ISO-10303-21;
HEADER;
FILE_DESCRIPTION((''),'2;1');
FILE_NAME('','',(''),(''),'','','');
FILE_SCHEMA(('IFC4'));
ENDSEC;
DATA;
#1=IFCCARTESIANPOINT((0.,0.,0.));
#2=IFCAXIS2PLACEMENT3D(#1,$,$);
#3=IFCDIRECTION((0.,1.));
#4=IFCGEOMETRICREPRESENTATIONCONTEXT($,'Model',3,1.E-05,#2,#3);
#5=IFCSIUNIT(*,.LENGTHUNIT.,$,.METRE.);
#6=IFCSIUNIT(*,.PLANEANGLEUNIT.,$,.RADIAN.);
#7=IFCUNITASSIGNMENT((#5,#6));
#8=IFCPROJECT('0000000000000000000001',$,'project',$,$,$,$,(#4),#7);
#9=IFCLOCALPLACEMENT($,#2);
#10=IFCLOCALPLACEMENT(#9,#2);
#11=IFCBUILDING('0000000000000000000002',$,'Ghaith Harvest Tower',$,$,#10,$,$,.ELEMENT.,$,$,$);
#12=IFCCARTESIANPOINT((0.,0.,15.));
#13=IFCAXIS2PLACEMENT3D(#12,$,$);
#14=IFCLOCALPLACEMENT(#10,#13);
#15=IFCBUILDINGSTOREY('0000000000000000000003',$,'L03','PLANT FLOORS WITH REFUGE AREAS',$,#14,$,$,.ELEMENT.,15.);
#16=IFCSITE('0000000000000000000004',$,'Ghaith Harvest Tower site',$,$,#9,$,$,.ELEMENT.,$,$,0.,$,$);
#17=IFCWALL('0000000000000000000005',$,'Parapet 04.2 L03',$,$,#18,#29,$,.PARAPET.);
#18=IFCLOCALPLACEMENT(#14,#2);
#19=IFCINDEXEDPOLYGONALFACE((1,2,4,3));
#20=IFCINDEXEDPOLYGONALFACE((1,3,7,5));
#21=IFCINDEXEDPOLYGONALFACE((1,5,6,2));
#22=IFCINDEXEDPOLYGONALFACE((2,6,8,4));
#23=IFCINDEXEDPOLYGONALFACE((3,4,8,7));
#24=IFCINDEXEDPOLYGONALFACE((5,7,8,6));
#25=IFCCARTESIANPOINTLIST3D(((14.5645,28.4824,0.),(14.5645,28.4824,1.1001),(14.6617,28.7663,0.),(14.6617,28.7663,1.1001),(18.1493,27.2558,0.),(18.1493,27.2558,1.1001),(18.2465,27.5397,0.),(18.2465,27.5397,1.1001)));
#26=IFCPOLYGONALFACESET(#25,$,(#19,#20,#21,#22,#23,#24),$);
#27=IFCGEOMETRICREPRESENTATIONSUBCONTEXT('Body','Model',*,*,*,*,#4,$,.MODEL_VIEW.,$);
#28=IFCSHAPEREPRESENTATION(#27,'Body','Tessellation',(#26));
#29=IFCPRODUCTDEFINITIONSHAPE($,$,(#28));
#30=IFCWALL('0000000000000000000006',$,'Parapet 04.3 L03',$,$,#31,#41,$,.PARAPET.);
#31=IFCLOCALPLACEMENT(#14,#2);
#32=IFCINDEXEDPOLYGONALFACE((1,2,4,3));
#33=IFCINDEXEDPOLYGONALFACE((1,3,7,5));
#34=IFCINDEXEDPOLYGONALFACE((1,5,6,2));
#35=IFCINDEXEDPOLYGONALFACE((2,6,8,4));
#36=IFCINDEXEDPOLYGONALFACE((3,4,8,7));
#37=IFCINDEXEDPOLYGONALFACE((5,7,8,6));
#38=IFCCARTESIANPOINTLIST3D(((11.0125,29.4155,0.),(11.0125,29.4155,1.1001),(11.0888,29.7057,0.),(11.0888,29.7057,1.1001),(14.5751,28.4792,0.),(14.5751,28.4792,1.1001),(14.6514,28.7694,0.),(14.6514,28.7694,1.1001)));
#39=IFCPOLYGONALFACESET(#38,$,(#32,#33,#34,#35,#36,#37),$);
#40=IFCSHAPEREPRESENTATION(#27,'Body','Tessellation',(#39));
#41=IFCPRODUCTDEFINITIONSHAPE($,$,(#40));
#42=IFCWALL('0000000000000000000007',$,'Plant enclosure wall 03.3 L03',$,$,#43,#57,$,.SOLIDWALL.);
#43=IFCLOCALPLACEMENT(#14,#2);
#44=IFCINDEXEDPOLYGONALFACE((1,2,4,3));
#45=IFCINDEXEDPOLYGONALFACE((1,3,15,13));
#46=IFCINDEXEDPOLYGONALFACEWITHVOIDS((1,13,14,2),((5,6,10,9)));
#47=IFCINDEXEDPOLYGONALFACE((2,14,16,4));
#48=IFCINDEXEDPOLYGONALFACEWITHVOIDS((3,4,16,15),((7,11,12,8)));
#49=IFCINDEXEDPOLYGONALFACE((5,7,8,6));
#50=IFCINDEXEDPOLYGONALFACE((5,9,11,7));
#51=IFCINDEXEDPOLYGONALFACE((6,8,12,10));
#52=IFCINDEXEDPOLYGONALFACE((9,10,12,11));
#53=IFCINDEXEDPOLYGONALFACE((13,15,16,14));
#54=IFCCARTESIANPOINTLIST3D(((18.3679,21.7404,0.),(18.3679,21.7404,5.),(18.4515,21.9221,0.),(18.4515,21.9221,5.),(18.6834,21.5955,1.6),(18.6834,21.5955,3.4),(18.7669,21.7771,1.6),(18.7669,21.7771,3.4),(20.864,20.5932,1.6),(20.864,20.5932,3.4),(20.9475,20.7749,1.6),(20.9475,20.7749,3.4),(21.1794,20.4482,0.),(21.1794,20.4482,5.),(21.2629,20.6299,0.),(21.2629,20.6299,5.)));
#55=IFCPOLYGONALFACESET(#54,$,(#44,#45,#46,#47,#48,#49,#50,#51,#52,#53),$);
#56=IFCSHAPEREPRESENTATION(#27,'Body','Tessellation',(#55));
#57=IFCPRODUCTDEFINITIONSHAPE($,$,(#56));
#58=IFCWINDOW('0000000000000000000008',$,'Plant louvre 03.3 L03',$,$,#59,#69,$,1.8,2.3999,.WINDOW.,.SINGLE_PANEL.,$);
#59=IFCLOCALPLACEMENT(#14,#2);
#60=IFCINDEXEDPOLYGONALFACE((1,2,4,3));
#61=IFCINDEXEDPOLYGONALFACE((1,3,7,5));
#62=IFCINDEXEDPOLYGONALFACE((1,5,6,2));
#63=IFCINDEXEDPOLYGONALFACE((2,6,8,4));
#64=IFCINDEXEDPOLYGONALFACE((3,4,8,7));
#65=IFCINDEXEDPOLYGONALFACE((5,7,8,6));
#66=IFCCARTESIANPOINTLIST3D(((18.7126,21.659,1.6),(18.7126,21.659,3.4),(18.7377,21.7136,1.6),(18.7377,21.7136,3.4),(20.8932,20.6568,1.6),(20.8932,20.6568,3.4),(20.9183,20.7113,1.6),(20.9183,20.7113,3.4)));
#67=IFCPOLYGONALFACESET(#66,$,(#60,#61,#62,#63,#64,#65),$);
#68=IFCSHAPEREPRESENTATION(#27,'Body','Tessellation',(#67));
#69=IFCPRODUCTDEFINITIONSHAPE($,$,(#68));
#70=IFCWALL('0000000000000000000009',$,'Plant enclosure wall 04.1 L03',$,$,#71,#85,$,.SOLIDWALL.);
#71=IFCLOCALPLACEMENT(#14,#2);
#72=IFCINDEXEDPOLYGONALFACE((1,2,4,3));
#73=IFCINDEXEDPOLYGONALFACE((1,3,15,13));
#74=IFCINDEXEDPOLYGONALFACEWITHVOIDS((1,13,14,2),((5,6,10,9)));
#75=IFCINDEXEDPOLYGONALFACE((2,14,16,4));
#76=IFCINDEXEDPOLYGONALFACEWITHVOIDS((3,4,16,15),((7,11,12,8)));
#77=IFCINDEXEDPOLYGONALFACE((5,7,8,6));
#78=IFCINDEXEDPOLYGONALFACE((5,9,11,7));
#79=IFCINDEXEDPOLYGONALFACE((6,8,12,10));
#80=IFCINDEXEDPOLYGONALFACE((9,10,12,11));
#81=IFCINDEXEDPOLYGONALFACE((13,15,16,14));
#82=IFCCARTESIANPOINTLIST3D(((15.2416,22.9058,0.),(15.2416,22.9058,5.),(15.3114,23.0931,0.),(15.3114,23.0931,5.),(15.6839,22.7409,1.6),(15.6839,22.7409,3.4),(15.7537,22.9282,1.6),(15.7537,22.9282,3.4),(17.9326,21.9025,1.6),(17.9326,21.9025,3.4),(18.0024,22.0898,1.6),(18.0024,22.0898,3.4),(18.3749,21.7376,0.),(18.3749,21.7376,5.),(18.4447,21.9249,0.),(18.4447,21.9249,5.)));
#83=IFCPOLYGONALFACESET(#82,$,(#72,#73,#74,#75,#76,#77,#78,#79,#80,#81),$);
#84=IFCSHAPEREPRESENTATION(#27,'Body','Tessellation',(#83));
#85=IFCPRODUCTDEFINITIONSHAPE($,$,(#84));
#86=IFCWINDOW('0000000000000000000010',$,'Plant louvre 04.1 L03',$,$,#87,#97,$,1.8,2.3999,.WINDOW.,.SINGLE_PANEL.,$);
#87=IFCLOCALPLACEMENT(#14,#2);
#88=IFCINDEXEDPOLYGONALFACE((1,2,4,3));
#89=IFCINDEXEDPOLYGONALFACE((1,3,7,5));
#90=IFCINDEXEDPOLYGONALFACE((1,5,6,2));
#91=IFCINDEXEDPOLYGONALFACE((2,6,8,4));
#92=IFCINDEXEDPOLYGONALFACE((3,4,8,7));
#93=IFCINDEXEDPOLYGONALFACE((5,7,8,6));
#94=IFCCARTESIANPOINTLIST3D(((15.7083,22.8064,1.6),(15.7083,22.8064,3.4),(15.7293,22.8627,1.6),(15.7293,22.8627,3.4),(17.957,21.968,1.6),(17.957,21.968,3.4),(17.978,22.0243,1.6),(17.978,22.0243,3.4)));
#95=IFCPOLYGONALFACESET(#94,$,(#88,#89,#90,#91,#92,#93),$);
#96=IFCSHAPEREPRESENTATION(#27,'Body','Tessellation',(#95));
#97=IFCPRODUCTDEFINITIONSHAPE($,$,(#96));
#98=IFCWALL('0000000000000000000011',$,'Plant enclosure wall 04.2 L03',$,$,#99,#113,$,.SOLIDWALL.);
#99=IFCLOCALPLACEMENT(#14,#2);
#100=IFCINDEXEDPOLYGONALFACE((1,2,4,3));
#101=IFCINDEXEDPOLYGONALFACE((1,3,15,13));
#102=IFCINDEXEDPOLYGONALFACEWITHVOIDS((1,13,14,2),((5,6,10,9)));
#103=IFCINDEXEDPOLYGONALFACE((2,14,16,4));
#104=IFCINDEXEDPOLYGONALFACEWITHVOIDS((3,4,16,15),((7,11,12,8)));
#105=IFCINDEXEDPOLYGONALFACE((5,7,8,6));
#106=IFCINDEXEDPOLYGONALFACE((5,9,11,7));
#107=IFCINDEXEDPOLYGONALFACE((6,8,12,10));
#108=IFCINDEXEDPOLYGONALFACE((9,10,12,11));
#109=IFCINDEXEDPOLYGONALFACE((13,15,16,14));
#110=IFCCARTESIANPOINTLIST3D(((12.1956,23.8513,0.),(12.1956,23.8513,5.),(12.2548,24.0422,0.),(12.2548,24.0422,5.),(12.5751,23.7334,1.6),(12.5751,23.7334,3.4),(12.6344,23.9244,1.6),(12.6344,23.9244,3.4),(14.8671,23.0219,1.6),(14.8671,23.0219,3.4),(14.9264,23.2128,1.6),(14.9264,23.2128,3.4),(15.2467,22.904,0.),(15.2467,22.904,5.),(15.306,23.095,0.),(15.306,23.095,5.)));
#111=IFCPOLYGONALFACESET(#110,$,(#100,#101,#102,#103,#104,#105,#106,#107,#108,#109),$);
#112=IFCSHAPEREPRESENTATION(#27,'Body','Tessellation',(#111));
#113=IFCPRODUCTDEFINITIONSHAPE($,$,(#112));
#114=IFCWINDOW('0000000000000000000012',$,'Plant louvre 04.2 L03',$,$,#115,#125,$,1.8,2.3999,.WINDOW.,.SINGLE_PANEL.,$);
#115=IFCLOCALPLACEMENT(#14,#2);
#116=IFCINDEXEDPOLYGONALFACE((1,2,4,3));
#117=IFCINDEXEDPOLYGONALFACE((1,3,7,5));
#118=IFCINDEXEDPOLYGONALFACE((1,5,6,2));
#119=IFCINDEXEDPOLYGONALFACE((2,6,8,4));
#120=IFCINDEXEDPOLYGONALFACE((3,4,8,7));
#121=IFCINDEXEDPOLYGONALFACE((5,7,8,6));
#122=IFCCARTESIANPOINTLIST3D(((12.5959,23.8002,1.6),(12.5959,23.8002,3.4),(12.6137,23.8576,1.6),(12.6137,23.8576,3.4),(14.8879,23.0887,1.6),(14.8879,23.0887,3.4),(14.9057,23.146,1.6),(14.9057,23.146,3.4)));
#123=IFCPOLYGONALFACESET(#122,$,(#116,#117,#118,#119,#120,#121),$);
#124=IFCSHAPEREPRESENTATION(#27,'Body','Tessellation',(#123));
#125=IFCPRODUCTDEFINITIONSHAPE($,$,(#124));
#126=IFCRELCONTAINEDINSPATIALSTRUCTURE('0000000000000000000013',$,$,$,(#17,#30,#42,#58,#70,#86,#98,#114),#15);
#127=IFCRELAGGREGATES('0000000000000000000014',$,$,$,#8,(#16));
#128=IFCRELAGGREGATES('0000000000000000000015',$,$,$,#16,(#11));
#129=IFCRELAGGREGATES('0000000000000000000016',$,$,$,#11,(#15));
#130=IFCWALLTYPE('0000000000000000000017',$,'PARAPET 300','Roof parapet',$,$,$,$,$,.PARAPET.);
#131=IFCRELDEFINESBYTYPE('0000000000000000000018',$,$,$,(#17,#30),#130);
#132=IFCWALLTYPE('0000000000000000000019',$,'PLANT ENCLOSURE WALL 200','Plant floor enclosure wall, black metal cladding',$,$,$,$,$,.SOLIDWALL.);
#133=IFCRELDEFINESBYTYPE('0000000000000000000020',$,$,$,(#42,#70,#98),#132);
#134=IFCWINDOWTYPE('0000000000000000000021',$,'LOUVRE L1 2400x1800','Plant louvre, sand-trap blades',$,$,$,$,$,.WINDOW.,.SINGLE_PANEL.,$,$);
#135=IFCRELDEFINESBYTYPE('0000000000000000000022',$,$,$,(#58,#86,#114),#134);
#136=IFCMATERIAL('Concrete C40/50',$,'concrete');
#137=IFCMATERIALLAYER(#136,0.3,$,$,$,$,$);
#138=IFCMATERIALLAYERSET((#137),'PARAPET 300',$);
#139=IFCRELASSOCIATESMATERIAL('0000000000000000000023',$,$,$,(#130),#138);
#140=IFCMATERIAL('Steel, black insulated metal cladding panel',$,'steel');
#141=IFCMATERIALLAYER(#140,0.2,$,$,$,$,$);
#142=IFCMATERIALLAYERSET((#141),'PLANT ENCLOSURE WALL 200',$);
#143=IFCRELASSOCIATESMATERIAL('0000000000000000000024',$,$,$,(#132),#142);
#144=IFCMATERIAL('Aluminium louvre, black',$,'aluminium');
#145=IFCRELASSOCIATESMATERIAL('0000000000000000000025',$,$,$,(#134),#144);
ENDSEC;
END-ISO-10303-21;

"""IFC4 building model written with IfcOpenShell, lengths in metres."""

from ifc_helpers import new_model, si_unit, direction, frame, frame_2d, origin, place, context, subcontext, project, spatial, rectangle, extrude, material, layer, layer_set, type_object, element, fill, save


model = new_model("IFC4")

# Units and contexts
model_context = context("Model", 3, precision=1e-05, world=origin(), true_north=direction((0.0, 1.0)))
body_context = subcontext(model_context, "Body", "Model", "MODEL_VIEW")
ifc_project = project(units=[si_unit("LENGTHUNIT", "METRE"), si_unit("PLANEANGLEUNIT", "RADIAN")], contexts=[model_context])

# Site, building, storey
site_placement = place(None, origin())
site = spatial("IfcSite", under=ifc_project, at=site_placement, Name="Ghaith Harvest Tower site", CompositionType="ELEMENT", RefElevation=0.0)
building_placement = place(site_placement, origin())
building = spatial("IfcBuilding", under=site, at=building_placement, Name="Ghaith Harvest Tower", CompositionType="ELEMENT")
storey_placement = place(building_placement, frame((0.0, 0.0, 15.0)))
storey = spatial("IfcBuildingStorey", under=building, at=storey_placement, Name="L03", Description="PLANT FLOORS WITH REFUGE AREAS", CompositionType="ELEMENT", Elevation=15.0)

# Walls
ifc_material_1 = material(Name="Concrete C40/50", Category="concrete")
ifc_layer_1 = layer(ifc_material_1, 0.3)
ifc_layer_set_1 = layer_set([ifc_layer_1], Name="PARAPET 300")
wall_type_1 = type_object("IfcWallType", Name="PARAPET 300", Description="Roof parapet", PredefinedType="PARAPET", material=ifc_layer_set_1)
wall_1_placement = place(storey_placement, frame((18.198, 27.3977, 0.0), z_axis=(0.0, 0.0, 1.0), x_axis=(-0.946147, 0.323738, 0.0)))
element("IfcWall", 1, at=wall_1_placement, inside=storey, type_object=wall_type_1, Name="Parapet 04.2 L03", PredefinedType="PARAPET", context=body_context, shape_type="SweptSolid", body=[
    extrude(rectangle(XDim=3.7888, YDim=0.3, at=frame_2d((1.8945, 0.0))), origin(), (0.0, 0.0, 1.0), 1.1001),
])
wall_2_placement = place(storey_placement, frame((14.6133, 28.6243, 0.0), z_axis=(0.0, 0.0, 1.0), x_axis=(-0.967156, 0.254183, 0.0)))
element("IfcWall", 2, at=wall_2_placement, inside=storey, type_object=wall_type_1, Name="Parapet 04.3 L03", PredefinedType="PARAPET", context=body_context, shape_type="SweptSolid", body=[
    extrude(rectangle(XDim=3.6836, YDim=0.3, at=frame_2d((1.8418, 0.0))), origin(), (0.0, 0.0, 1.0), 1.1001),
])

# Walls, openings, windows
ifc_material_2 = material(Name="Steel, black insulated metal cladding panel", Category="steel")
ifc_layer_2 = layer(ifc_material_2, 0.2)
ifc_layer_set_2 = layer_set([ifc_layer_2], Name="PLANT ENCLOSURE WALL 200")
wall_type_2 = type_object("IfcWallType", Name="PLANT ENCLOSURE WALL 200", Description="Plant floor enclosure wall, black metal cladding", PredefinedType="SOLIDWALL", material=ifc_layer_set_2)
wall_3_placement = place(storey_placement, frame((21.2212, 20.5391, 0.0), z_axis=(0.0, 0.0, 1.0), x_axis=(-0.908621, 0.417622, 0.0)))
wall_3 = element("IfcWall", 3, at=wall_3_placement, inside=storey, type_object=wall_type_2, Name="Plant enclosure wall 03.3 L03", PredefinedType="SOLIDWALL", context=body_context, shape_type="SweptSolid", body=[
    extrude(rectangle(XDim=3.0942, YDim=0.2, at=frame_2d((1.5471, 0.0))), origin(), (0.0, 0.0, 1.0), 5.0),
])
opening_1_placement = place(wall_3_placement, frame((0.3472, 0.0, 1.6001)))
opening_1 = element("IfcOpeningElement", 4, at=opening_1_placement, cuts=wall_3, PredefinedType="OPENING", context=body_context, shape_type="SweptSolid", body=[
    extrude(rectangle(XDim=2.3999, YDim=1.8, at=frame_2d((1.2, 0.8999))), frame((0.0, 0.1099, 0.0), z_axis=(0.0, -1.0, 0.0), x_axis=(1.0, 0.0, 0.0)), (0.0, 0.0, 1.0), 0.22),
])
ifc_material_3 = material(Name="Aluminium louvre, black", Category="aluminium")
window_type = type_object("IfcWindowType", Name="LOUVRE L1 2400x1800", Description="Plant louvre, sand-trap blades", PartitioningType="SINGLE_PANEL", PredefinedType="WINDOW", material=ifc_material_3)
window_1_placement = place(opening_1_placement, origin())
window_1 = element("IfcWindow", 5, at=window_1_placement, inside=storey, type_object=window_type, Name="Plant louvre 03.3 L03", OverallHeight=1.8, OverallWidth=2.3999, PartitioningType="SINGLE_PANEL", PredefinedType="WINDOW", context=body_context, shape_type="SweptSolid", body=[
    extrude(rectangle(XDim=2.3999, YDim=1.8, at=frame_2d((1.2, 0.8999))), frame((0.0, 0.03, 0.0), z_axis=(0.0, -1.0, 0.0), x_axis=(1.0, 0.0, 0.0)), (0.0, 0.0, 1.0), 0.0601),
])
fill(opening_1, window_1)
wall_4_placement = place(storey_placement, frame((18.4097, 21.8313, 0.0), z_axis=(0.0, 0.0, 1.0), x_axis=(-0.936994, 0.349347, 0.0)))
wall_4 = element("IfcWall", 6, at=wall_4_placement, inside=storey, type_object=wall_type_2, Name="Plant enclosure wall 04.1 L03", PredefinedType="SOLIDWALL", context=body_context, shape_type="SweptSolid", body=[
    extrude(rectangle(XDim=3.344, YDim=0.2, at=frame_2d((1.6719, 0.0))), origin(), (0.0, 0.0, 1.0), 5.0),
])
opening_2_placement = place(wall_4_placement, frame((0.4719, 0.0, 1.6001)))
opening_2 = element("IfcOpeningElement", 7, at=opening_2_placement, cuts=wall_4, PredefinedType="OPENING", context=body_context, shape_type="SweptSolid", body=[
    extrude(rectangle(XDim=2.3999, YDim=1.8, at=frame_2d((1.2, 0.8999))), frame((0.0, 0.1099, 0.0), z_axis=(0.0, -1.0, 0.0), x_axis=(1.0, 0.0, 0.0)), (0.0, 0.0, 1.0), 0.22),
])
window_2_placement = place(opening_2_placement, origin())
window_2 = element("IfcWindow", 8, at=window_2_placement, inside=storey, type_object=window_type, Name="Plant louvre 04.1 L03", OverallHeight=1.8, OverallWidth=2.3999, PartitioningType="SINGLE_PANEL", PredefinedType="WINDOW", context=body_context, shape_type="SweptSolid", body=[
    extrude(rectangle(XDim=2.3999, YDim=1.8, at=frame_2d((1.2, 0.8999))), frame((0.0, 0.03, 0.0), z_axis=(0.0, -1.0, 0.0), x_axis=(1.0, 0.0, 0.0)), (0.0, 0.0, 1.0), 0.0601),
])
fill(opening_2, window_2)
wall_5_placement = place(storey_placement, frame((15.2764, 22.9995, 0.0), z_axis=(0.0, 0.0, 1.0), x_axis=(-0.955036, 0.296491, 0.0)))
wall_5 = element("IfcWall", 9, at=wall_5_placement, inside=storey, type_object=wall_type_2, Name="Plant enclosure wall 04.2 L03", PredefinedType="SOLIDWALL", context=body_context, shape_type="SweptSolid", body=[
    extrude(rectangle(XDim=3.1948, YDim=0.2, at=frame_2d((1.5974, 0.0))), origin(), (0.0, 0.0, 1.0), 5.0),
])
opening_3_placement = place(wall_5_placement, frame((0.3975, 0.0, 1.6001)))
opening_3 = element("IfcOpeningElement", 10, at=opening_3_placement, cuts=wall_5, PredefinedType="OPENING", context=body_context, shape_type="SweptSolid", body=[
    extrude(rectangle(XDim=2.3999, YDim=1.8, at=frame_2d((1.2, 0.8999))), frame((0.0, 0.1099, 0.0), z_axis=(0.0, -1.0, 0.0), x_axis=(1.0, 0.0, 0.0)), (0.0, 0.0, 1.0), 0.22),
])
window_3_placement = place(opening_3_placement, origin())
window_3 = element("IfcWindow", 11, at=window_3_placement, inside=storey, type_object=window_type, Name="Plant louvre 04.2 L03", OverallHeight=1.8, OverallWidth=2.3999, PartitioningType="SINGLE_PANEL", PredefinedType="WINDOW", context=body_context, shape_type="SweptSolid", body=[
    extrude(rectangle(XDim=2.3999, YDim=1.8, at=frame_2d((1.2, 0.8999))), frame((0.0, 0.03, 0.0), z_axis=(0.0, -1.0, 0.0), x_axis=(1.0, 0.0, 0.0)), (0.0, 0.0, 1.0), 0.0601),
])
fill(opening_3, window_3)

save(model, "model.ifc")
